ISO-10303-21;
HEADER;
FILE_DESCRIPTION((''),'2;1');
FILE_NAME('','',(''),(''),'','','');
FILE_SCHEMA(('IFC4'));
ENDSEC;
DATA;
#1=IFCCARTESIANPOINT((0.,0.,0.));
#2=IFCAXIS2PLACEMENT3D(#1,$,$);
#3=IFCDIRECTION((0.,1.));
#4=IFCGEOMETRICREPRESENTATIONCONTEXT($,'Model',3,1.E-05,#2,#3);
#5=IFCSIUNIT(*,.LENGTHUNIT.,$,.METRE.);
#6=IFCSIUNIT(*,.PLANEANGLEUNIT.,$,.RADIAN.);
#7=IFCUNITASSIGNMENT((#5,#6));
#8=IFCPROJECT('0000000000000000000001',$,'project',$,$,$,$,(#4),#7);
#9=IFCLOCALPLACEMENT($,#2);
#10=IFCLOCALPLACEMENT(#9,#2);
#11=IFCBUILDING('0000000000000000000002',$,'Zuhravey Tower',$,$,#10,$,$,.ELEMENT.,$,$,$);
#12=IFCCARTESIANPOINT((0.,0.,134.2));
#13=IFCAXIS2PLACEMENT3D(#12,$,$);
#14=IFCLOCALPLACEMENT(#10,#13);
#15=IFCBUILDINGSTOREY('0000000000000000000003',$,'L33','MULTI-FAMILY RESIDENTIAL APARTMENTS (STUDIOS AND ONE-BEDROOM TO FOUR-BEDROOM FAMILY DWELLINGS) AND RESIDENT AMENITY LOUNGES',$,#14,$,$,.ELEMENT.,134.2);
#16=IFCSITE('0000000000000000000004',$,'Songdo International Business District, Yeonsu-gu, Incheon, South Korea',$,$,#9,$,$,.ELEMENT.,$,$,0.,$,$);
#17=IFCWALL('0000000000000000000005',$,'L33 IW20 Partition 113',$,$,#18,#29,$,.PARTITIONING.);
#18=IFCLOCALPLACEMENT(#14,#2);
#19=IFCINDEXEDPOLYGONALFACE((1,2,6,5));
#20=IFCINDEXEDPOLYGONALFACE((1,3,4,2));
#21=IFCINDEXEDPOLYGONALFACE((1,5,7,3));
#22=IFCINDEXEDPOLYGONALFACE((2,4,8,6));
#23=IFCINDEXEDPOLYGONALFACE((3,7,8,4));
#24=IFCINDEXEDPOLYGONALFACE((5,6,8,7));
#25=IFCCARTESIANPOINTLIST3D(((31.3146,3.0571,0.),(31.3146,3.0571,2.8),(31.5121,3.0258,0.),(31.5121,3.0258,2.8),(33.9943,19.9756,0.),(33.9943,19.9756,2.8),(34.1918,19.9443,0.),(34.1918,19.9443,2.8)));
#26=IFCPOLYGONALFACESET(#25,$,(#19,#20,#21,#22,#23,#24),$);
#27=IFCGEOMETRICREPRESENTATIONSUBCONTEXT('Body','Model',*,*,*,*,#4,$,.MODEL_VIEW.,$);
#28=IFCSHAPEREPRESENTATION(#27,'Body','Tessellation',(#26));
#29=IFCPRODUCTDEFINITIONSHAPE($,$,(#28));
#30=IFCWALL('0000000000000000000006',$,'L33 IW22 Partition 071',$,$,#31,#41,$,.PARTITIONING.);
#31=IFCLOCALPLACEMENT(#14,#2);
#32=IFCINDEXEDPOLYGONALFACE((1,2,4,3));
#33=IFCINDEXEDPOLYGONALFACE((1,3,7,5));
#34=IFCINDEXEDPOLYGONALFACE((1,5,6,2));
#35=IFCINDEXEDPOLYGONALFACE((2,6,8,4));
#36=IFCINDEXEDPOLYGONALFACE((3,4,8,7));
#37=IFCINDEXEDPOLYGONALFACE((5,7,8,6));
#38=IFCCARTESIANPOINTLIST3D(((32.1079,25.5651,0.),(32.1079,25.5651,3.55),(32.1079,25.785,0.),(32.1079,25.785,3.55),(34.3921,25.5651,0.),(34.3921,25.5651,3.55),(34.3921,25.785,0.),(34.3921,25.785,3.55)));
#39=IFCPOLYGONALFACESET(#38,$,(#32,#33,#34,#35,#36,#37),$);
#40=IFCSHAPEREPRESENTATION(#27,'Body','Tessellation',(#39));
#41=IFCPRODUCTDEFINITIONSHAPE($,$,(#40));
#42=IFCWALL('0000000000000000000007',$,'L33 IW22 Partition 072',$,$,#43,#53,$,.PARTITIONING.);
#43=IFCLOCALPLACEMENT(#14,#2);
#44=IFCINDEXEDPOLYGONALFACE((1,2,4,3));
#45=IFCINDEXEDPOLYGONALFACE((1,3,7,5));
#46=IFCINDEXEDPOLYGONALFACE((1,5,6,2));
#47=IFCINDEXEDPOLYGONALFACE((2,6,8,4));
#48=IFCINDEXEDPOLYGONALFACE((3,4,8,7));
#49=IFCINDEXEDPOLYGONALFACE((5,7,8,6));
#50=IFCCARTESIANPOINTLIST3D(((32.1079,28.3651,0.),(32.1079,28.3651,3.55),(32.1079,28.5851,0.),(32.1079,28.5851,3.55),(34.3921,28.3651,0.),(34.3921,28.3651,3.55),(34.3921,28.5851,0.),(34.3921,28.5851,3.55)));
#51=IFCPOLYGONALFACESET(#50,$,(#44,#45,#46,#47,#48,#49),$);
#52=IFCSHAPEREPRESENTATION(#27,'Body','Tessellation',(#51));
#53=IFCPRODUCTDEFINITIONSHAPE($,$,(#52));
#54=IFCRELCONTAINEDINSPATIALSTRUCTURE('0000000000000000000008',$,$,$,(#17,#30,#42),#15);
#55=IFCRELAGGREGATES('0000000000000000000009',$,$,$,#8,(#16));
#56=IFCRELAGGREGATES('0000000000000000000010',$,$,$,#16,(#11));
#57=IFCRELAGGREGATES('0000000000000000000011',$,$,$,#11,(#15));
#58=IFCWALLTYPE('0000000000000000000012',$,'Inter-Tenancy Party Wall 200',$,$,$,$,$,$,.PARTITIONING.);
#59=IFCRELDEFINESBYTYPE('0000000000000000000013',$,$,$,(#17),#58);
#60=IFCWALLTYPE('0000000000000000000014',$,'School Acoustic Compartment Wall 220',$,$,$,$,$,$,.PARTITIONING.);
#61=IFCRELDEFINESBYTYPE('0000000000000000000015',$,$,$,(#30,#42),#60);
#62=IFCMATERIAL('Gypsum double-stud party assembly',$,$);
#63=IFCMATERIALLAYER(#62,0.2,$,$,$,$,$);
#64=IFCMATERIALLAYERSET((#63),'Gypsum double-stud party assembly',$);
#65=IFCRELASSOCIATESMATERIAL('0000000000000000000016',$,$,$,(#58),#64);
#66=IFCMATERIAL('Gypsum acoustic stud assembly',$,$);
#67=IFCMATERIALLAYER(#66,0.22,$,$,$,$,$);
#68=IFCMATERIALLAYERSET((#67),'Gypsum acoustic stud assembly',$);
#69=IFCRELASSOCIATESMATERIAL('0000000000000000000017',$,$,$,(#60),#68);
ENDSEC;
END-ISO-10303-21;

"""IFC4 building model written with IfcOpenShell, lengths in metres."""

from ifc_helpers import new_model, si_unit, direction, frame, frame_2d, origin, place, context, subcontext, project, spatial, rectangle, extrude, material, layer, layer_set, type_object, element, save


model = new_model("IFC4")

# Units and contexts
model_context = context("Model", 3, precision=1e-05, world=origin(), true_north=direction((0.0, 1.0)))
body_context = subcontext(model_context, "Body", "Model", "MODEL_VIEW")
ifc_project = project(units=[si_unit("LENGTHUNIT", "METRE"), si_unit("PLANEANGLEUNIT", "RADIAN")], contexts=[model_context])

# Site, building, storey
site_placement = place(None, origin())
site = spatial("IfcSite", under=ifc_project, at=site_placement, Name="Songdo International Business District, Yeonsu-gu, Incheon, South Korea", CompositionType="ELEMENT", RefElevation=0.0)
building_placement = place(site_placement, origin())
building = spatial("IfcBuilding", under=site, at=building_placement, Name="Zuhravey Tower", CompositionType="ELEMENT")
storey_placement = place(building_placement, frame((0.0, 0.0, 134.2)))
storey = spatial("IfcBuildingStorey", under=building, at=storey_placement, Name="L33", Description="MULTI-FAMILY RESIDENTIAL APARTMENTS (STUDIOS AND ONE-BEDROOM TO FOUR-BEDROOM FAMILY DWELLINGS) AND RESIDENT AMENITY LOUNGES", CompositionType="ELEMENT", Elevation=134.2)

# Walls
ifc_material_1 = material(Name="Gypsum double-stud party assembly")
ifc_layer_1 = layer(ifc_material_1, 0.2)
ifc_layer_set_1 = layer_set([ifc_layer_1], Name="Gypsum double-stud party assembly")
wall_type_1 = type_object("IfcWallType", Name="Inter-Tenancy Party Wall 200", PredefinedType="PARTITIONING", material=ifc_layer_set_1)
wall_1_placement = place(storey_placement, frame((34.093, 19.96, 0.0), z_axis=(0.0, 0.0, 1.0), x_axis=(-0.156438, -0.987688, 0.0)))
element("IfcWall", 1, at=wall_1_placement, inside=storey, type_object=wall_type_1, Name="L33 IW20 Partition 113", PredefinedType="PARTITIONING", context=body_context, shape_type="SweptSolid", body=[
    extrude(rectangle(XDim=17.1294, YDim=0.2, at=frame_2d((8.5647, 0.0))), origin(), (0.0, 0.0, 1.0), 2.8),
])
ifc_material_2 = material(Name="Gypsum acoustic stud assembly")
ifc_layer_2 = layer(ifc_material_2, 0.22)
ifc_layer_set_2 = layer_set([ifc_layer_2], Name="Gypsum acoustic stud assembly")
wall_type_2 = type_object("IfcWallType", Name="School Acoustic Compartment Wall 220", PredefinedType="PARTITIONING", material=ifc_layer_set_2)
for number, where, z_axis, x_axis, name in (
    (2, (32.1079, 25.675, 0.0), (0.0, 0.0, 1.0), (1.0, 0.0, 0.0), "L33 IW22 Partition 071"),
    (3, (32.1079, 28.4751, 0.0), (0.0, 0.0, 1.0), (1.0, 0.0, 0.0), "L33 IW22 Partition 072"),
):
    element("IfcWall", number, at=place(storey_placement, frame(where, z_axis=z_axis, x_axis=x_axis)), inside=storey, type_object=wall_type_2, Name=name, PredefinedType="PARTITIONING", context=body_context, shape_type="SweptSolid", body=[
        extrude(rectangle(XDim=2.2842, YDim=0.22, at=frame_2d((1.1421, 0.0))), origin(), (0.0, 0.0, 1.0), 3.55),
    ])

save(model, "model.ifc")
